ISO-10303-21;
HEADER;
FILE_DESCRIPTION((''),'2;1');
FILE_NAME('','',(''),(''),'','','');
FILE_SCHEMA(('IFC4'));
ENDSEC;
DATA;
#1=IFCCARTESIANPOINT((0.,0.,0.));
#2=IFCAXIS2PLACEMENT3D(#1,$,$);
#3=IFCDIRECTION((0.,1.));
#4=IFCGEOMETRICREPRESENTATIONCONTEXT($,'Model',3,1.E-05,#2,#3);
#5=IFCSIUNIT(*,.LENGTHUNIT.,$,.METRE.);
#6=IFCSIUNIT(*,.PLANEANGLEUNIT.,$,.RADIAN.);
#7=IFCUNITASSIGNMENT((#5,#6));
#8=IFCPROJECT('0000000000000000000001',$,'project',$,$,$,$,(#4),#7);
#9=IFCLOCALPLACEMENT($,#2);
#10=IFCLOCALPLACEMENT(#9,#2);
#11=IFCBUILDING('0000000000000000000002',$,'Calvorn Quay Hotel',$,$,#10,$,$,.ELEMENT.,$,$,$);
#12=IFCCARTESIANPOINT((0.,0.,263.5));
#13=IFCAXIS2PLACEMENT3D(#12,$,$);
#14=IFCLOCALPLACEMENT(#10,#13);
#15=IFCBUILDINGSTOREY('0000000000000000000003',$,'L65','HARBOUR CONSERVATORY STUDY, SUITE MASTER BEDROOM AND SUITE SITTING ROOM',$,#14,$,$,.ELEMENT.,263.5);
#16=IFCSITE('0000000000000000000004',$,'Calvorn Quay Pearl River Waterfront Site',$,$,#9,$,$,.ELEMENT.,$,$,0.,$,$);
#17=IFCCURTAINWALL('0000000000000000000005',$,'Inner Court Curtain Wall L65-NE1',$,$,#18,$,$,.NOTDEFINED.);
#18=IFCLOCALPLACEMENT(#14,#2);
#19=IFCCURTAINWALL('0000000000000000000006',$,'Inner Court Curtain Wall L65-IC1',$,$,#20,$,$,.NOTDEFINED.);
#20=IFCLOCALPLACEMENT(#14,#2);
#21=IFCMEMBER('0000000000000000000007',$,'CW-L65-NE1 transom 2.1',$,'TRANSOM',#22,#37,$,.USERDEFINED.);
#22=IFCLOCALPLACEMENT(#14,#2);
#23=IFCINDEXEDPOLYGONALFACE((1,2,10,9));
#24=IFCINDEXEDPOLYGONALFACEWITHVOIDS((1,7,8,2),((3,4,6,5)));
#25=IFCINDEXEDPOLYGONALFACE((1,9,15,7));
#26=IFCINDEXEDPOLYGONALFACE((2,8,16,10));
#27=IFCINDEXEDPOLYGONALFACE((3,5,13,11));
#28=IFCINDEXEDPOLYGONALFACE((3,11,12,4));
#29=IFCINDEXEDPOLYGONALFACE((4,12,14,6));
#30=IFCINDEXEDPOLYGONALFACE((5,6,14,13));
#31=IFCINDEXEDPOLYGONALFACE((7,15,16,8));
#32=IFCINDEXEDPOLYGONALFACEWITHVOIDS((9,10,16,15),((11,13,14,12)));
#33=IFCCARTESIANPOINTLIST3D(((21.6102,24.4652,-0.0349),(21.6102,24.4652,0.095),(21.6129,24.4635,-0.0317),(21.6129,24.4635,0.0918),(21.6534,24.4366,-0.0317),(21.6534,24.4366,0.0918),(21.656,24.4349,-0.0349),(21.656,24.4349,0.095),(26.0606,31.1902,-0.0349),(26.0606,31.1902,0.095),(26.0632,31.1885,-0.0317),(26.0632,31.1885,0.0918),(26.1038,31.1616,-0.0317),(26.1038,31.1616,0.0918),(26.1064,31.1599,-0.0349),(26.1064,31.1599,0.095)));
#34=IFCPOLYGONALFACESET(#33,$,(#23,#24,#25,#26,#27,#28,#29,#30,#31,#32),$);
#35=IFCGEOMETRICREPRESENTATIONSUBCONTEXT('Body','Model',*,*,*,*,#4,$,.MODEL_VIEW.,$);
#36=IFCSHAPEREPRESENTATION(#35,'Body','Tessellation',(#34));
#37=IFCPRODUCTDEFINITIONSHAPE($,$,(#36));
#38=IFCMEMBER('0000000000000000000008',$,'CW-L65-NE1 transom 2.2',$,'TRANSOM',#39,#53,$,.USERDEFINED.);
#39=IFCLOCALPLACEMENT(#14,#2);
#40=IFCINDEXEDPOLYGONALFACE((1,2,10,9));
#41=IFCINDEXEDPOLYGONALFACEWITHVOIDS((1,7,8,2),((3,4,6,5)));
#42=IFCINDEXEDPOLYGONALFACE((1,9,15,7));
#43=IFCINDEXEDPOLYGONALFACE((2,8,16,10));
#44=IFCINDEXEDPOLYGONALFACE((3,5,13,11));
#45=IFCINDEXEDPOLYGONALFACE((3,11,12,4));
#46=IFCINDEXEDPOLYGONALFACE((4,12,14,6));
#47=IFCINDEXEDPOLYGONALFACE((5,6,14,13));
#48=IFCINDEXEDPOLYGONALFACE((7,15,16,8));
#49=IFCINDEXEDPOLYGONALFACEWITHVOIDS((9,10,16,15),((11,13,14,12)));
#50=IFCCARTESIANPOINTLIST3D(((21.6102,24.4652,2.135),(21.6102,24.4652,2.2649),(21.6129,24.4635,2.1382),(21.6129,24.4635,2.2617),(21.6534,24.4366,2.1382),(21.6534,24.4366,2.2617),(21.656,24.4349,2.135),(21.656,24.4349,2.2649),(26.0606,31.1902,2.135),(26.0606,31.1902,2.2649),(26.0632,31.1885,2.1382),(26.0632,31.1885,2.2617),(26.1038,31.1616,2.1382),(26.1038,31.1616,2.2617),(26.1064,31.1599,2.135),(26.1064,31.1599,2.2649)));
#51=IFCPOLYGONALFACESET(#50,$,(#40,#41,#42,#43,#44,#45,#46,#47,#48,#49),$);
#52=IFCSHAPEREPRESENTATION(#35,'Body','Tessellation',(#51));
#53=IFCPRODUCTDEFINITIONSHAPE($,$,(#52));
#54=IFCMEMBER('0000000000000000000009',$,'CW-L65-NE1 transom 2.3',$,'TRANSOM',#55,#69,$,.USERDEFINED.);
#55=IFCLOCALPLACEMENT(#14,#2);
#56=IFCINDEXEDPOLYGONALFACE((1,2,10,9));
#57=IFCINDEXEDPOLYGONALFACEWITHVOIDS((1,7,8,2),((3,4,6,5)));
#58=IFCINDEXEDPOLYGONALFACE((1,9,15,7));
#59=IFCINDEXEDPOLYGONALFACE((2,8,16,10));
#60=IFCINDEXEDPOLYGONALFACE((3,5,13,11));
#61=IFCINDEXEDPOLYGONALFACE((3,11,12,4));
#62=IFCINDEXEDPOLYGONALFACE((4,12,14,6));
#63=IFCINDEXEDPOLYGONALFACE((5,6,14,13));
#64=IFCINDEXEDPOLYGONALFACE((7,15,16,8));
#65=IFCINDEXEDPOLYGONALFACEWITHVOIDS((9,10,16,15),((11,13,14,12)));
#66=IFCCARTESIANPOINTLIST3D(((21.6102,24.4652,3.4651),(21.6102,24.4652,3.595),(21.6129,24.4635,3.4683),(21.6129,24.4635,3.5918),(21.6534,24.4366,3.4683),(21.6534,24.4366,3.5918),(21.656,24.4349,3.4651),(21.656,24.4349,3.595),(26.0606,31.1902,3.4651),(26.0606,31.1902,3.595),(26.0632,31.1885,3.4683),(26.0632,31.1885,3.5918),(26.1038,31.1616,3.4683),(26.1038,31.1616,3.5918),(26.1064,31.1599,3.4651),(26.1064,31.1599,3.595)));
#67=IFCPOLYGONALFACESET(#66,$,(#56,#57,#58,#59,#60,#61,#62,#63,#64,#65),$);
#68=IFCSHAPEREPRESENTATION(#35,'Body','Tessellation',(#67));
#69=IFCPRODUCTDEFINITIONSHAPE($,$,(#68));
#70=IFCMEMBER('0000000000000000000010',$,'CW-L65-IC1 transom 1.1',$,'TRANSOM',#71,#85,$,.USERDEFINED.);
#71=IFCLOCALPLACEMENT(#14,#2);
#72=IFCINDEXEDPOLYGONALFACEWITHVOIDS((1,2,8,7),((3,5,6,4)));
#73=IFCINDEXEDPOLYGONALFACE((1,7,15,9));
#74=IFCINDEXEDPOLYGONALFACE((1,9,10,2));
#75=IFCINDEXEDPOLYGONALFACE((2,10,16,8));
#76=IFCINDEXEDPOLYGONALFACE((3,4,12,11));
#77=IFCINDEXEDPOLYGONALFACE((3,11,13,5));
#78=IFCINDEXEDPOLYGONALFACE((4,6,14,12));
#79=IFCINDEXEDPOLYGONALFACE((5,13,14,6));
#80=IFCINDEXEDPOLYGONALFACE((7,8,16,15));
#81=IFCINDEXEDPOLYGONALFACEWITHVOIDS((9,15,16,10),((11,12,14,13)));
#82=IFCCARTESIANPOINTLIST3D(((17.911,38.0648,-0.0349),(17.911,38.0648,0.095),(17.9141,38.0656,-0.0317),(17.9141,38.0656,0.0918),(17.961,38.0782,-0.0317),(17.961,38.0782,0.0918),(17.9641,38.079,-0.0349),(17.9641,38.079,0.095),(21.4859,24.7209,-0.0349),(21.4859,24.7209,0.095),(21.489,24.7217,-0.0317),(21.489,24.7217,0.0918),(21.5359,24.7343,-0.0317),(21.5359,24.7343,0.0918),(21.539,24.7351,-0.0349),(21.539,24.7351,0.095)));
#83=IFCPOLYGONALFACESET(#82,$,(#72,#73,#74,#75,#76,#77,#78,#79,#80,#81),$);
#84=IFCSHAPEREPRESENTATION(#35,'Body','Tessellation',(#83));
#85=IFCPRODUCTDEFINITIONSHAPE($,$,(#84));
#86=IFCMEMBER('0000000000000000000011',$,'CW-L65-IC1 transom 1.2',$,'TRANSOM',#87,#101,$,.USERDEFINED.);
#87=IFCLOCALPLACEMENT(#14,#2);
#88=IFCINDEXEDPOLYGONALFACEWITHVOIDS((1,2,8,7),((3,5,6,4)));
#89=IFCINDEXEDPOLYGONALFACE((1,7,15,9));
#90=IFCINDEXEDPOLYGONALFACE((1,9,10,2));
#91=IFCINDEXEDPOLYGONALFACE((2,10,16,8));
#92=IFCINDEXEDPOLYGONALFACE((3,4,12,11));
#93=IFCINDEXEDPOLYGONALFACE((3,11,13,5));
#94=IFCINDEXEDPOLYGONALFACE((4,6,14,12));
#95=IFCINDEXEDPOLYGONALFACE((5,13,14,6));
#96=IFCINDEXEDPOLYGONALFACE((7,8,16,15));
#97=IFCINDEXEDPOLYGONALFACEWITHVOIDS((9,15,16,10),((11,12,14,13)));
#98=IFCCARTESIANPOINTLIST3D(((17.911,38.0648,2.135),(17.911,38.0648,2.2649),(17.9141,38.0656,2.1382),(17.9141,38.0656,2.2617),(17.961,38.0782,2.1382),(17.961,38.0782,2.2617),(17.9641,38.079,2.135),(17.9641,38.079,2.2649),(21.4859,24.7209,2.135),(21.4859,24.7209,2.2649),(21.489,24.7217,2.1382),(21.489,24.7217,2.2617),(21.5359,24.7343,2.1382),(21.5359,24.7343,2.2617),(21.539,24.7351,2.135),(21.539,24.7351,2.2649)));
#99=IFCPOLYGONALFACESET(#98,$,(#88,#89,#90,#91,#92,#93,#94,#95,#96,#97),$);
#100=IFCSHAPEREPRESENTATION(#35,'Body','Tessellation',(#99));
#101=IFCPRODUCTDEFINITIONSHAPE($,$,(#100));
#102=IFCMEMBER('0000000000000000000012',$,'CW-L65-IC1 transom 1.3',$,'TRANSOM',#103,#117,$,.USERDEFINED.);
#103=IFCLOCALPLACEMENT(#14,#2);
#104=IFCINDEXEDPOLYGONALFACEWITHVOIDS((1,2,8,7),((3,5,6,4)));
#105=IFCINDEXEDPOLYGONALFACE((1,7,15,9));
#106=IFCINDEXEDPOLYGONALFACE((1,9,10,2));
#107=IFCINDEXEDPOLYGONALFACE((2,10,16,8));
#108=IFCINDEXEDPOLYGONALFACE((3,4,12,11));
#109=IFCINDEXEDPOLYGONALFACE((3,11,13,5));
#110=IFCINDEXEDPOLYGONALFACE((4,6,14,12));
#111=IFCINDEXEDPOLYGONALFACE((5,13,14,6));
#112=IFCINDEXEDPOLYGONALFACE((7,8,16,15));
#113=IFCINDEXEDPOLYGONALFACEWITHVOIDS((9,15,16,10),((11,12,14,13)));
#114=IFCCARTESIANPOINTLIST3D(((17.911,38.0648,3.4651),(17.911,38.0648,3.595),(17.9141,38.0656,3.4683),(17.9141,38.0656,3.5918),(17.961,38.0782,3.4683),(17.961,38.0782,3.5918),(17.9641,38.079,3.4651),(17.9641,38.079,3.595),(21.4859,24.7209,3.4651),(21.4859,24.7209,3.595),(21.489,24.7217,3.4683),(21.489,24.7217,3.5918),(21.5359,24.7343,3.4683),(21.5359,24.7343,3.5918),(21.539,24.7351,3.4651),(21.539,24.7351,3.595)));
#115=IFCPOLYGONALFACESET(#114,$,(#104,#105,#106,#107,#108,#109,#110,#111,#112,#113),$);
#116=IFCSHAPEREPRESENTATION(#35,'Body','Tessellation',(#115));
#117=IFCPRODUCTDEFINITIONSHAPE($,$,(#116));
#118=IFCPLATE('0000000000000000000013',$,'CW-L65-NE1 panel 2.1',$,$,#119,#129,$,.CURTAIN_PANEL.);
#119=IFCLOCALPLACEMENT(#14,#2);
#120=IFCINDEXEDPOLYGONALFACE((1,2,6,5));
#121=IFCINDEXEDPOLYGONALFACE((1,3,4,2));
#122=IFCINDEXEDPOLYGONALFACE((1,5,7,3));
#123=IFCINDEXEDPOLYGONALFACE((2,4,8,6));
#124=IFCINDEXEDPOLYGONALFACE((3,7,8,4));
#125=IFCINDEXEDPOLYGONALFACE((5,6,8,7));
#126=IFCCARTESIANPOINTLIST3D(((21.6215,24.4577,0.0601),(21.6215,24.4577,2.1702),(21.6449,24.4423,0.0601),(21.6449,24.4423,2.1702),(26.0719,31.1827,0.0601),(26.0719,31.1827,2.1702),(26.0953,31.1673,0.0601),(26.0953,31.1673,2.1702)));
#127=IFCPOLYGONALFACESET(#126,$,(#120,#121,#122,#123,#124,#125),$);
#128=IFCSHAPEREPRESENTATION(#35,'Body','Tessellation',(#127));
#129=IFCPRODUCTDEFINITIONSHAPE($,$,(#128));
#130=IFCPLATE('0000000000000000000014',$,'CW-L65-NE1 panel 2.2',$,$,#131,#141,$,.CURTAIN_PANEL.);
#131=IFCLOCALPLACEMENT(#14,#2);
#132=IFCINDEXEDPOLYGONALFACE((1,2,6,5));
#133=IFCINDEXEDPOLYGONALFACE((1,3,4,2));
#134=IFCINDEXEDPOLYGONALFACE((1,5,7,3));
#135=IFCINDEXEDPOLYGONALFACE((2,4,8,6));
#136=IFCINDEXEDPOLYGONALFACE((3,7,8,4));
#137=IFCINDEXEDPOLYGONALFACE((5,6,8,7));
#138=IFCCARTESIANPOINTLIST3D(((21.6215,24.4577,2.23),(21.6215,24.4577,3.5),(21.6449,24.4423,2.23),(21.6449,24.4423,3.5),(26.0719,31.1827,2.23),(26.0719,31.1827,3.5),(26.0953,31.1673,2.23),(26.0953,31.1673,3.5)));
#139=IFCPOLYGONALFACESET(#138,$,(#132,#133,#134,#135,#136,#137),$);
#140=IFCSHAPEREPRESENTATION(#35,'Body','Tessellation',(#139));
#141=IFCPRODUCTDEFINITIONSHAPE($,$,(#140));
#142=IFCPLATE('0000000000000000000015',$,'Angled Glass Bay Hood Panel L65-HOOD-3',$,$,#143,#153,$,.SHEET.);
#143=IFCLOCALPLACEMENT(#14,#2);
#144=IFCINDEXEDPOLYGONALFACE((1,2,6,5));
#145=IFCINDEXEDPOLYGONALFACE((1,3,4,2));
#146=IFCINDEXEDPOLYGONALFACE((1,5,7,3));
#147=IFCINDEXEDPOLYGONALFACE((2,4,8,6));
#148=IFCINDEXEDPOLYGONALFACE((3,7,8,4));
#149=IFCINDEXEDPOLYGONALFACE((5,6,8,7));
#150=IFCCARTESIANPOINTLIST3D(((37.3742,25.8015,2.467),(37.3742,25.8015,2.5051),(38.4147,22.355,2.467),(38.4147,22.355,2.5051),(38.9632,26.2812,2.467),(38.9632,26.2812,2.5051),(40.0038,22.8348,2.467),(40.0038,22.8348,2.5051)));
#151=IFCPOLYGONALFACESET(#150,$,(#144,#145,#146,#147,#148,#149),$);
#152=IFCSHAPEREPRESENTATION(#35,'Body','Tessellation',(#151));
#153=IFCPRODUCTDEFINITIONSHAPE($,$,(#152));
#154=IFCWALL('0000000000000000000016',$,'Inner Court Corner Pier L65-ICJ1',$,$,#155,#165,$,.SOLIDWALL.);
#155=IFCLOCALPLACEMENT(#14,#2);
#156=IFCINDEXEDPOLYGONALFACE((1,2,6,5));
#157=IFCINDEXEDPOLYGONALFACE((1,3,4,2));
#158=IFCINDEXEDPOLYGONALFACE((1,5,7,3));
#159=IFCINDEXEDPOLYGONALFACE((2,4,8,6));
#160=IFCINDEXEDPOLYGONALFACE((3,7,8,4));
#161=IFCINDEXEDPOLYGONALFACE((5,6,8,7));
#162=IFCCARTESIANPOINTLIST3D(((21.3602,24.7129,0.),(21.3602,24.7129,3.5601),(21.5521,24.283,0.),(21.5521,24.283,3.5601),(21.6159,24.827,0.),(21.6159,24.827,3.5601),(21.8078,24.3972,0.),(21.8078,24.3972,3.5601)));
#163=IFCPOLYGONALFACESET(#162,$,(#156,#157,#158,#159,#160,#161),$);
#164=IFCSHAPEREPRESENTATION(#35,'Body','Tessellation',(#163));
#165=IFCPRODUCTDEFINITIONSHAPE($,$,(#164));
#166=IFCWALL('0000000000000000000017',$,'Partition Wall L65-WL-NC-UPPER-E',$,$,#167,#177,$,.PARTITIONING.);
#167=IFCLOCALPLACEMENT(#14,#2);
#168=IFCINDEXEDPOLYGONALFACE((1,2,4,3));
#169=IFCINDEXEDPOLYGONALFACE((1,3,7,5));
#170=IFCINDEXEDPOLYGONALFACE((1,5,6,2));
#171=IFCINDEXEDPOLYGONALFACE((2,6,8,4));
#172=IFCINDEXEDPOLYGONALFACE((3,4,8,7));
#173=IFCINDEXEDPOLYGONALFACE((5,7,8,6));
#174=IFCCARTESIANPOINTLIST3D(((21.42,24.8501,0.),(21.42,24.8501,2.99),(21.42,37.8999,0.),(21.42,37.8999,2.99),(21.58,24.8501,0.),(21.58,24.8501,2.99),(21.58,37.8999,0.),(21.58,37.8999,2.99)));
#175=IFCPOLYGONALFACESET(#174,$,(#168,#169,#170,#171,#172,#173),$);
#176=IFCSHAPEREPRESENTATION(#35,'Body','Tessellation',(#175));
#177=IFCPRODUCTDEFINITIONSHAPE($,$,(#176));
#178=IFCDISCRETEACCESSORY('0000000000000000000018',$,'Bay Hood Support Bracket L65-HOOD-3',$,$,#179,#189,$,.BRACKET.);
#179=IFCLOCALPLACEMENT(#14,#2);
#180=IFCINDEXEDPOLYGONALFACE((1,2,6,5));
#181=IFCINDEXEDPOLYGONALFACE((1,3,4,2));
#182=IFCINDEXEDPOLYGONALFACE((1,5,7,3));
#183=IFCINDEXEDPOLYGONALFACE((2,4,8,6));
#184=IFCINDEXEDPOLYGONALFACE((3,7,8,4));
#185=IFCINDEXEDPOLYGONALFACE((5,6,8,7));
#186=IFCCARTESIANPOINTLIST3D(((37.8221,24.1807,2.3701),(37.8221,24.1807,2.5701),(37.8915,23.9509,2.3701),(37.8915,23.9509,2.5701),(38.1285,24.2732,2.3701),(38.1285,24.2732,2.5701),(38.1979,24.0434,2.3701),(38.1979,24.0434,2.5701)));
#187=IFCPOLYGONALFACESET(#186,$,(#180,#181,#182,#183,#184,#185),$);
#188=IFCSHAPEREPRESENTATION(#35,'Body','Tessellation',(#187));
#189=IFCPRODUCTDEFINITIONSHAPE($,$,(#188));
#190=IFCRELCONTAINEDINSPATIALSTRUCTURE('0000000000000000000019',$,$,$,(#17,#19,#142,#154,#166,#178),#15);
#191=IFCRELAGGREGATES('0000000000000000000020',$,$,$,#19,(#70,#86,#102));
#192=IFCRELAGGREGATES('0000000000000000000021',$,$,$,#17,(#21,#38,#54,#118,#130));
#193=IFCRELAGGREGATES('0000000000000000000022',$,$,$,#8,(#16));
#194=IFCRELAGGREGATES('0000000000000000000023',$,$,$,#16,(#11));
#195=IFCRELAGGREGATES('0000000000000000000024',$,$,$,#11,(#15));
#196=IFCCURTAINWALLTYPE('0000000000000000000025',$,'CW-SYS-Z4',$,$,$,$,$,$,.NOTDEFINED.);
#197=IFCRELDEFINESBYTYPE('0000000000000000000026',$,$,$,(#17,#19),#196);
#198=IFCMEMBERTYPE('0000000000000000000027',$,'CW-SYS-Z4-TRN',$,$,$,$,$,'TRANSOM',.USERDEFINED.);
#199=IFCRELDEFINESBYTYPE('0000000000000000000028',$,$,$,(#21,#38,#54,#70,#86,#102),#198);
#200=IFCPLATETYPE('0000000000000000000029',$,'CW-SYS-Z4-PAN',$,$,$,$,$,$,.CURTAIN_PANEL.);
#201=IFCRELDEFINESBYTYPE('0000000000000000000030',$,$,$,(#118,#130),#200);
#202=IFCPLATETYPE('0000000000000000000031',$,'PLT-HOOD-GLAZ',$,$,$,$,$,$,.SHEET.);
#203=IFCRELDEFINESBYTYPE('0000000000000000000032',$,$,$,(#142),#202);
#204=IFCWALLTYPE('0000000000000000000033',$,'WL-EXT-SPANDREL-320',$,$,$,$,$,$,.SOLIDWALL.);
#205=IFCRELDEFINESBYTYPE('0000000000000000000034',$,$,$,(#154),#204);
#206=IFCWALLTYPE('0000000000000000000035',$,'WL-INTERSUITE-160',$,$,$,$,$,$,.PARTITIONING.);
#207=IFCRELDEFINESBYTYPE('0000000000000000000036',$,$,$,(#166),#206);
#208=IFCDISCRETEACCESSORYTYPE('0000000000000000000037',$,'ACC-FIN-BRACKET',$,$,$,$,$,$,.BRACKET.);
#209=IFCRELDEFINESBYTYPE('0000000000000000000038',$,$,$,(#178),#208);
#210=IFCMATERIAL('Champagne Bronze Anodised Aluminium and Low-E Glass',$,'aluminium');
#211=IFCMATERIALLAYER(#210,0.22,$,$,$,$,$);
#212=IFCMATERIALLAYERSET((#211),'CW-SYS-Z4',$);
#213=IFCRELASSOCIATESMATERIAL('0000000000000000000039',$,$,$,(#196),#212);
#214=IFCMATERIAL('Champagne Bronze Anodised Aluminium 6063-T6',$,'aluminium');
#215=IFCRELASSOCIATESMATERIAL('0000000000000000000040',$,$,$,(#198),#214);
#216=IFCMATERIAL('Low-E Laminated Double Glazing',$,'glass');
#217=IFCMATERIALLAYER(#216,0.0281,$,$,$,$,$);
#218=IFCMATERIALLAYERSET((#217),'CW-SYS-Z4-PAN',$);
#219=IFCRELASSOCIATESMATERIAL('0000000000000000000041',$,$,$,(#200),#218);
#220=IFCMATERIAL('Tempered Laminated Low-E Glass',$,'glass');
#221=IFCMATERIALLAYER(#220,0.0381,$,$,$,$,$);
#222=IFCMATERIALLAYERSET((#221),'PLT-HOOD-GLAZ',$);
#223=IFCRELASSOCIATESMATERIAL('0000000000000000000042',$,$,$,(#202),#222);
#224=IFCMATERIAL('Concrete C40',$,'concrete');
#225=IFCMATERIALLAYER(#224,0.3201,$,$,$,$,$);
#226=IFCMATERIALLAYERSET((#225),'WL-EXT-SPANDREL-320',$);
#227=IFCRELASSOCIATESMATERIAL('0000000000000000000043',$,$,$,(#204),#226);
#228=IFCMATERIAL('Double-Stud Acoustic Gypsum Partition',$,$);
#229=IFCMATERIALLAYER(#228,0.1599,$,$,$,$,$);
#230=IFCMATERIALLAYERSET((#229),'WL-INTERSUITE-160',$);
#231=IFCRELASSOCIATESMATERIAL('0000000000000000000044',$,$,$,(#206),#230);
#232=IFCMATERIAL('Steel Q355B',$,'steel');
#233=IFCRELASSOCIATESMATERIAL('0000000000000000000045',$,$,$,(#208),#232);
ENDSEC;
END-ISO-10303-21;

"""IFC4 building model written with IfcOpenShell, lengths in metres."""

from ifc_helpers import new_model, si_unit, direction, frame, frame_2d, origin, origin_2d, place, context, subcontext, project, spatial, rectangle, hollow_rectangle, extrude, material, layer, layer_set, material_profile, profile_set, type_object, element, aggregate, save


model = new_model("IFC4")

# Units and contexts
model_context = context("Model", 3, precision=1e-05, world=origin(), true_north=direction((0.0, 1.0)))
body_context = subcontext(model_context, "Body", "Model", "MODEL_VIEW")
ifc_project = project(units=[si_unit("LENGTHUNIT", "METRE"), si_unit("PLANEANGLEUNIT", "RADIAN")], contexts=[model_context])

# Site, building, storey
site_placement = place(None, origin())
site = spatial("IfcSite", under=ifc_project, at=site_placement, Name="Calvorn Quay Pearl River Waterfront Site", CompositionType="ELEMENT", RefElevation=0.0)
building_placement = place(site_placement, origin())
building = spatial("IfcBuilding", under=site, at=building_placement, Name="Calvorn Quay Hotel", CompositionType="ELEMENT")
storey_placement = place(building_placement, frame((0.0, 0.0, 263.5)))
storey = spatial("IfcBuildingStorey", under=building, at=storey_placement, Name="L65", Description="HARBOUR CONSERVATORY STUDY, SUITE MASTER BEDROOM AND SUITE SITTING ROOM", CompositionType="ELEMENT", Elevation=263.5)

# Curtain wall
ifc_material_1 = material(Name="Champagne Bronze Anodised Aluminium and Low-E Glass", Category="aluminium")
ifc_layer_1 = layer(ifc_material_1, 0.22)
ifc_layer_set_1 = layer_set([ifc_layer_1], Name="CW-SYS-Z4")
curtain_wall_type = type_object("IfcCurtainWallType", Name="CW-SYS-Z4", PredefinedType="NOTDEFINED", material=ifc_layer_set_1)
curtain_wall_1_placement = place(storey_placement, origin())
curtain_wall_1 = element("IfcCurtainWall", 1, at=curtain_wall_1_placement, inside=storey, type_object=curtain_wall_type, Name="Inner Court Curtain Wall L65-NE1", PredefinedType="NOTDEFINED")

# Curtain wall
curtain_wall_2_placement = place(storey_placement, origin())
curtain_wall_2 = element("IfcCurtainWall", 2, at=curtain_wall_2_placement, inside=storey, type_object=curtain_wall_type, Name="Inner Court Curtain Wall L65-IC1", PredefinedType="NOTDEFINED")

# Members
ifc_material_2 = material(Name="Champagne Bronze Anodised Aluminium 6063-T6", Category="aluminium")
ifc_material_profile_1 = material_profile(ifc_material_2, hollow_rectangle(XDim=0.0549, YDim=0.1299, WallThickness=0.0032, at=origin_2d()), Name="ALU-T130x55x3.2")
ifc_profile_set_1 = profile_set([ifc_material_profile_1], Name="Champagne Bronze Anodised Aluminium 6063-T6")
member_type_1 = type_object("IfcMemberType", Name="CW-SYS-Z4-TRN", ElementType="TRANSOM", PredefinedType="USERDEFINED", material=ifc_profile_set_1)
member_1_placement = place(storey_placement, frame((26.0835, 31.175, 0.03), z_axis=(-0.551868, -0.833932, 0.0), x_axis=(0.833932, -0.551868, 0.0)))
member_1 = element("IfcMember", 3, at=member_1_placement, type_object=member_type_1, Name="CW-L65-NE1 transom 2.1", ObjectType="TRANSOM", PredefinedType="USERDEFINED", context=body_context, shape_type="SweptSolid", body=[
    extrude(hollow_rectangle(XDim=0.0549, YDim=0.1299, WallThickness=0.0032, at=origin_2d()), origin(), (0.0, 0.0, 1.0), 8.0642),
])
member_2_placement = place(storey_placement, frame((26.0835, 31.175, 2.2), z_axis=(-0.551868, -0.833932, 0.0), x_axis=(0.833932, -0.551868, 0.0)))
member_2 = element("IfcMember", 4, at=member_2_placement, type_object=member_type_1, Name="CW-L65-NE1 transom 2.2", ObjectType="TRANSOM", PredefinedType="USERDEFINED", context=body_context, shape_type="SweptSolid", body=[
    extrude(hollow_rectangle(XDim=0.0549, YDim=0.1299, WallThickness=0.0032, at=origin_2d()), origin(), (0.0, 0.0, 1.0), 8.0642),
])
member_3_placement = place(storey_placement, frame((26.0835, 31.175, 3.53), z_axis=(-0.551868, -0.833932, 0.0), x_axis=(0.833932, -0.551868, 0.0)))
member_3 = element("IfcMember", 5, at=member_3_placement, type_object=member_type_1, Name="CW-L65-NE1 transom 2.3", ObjectType="TRANSOM", PredefinedType="USERDEFINED", context=body_context, shape_type="SweptSolid", body=[
    extrude(hollow_rectangle(XDim=0.0549, YDim=0.1299, WallThickness=0.0032, at=origin_2d()), origin(), (0.0, 0.0, 1.0), 8.0642),
])
member_4_placement = place(storey_placement, frame((21.5125, 24.728, 0.03), z_axis=(-0.258781, 0.965936, 0.0), x_axis=(-0.965936, -0.258781, 0.0)))
member_4 = element("IfcMember", 6, at=member_4_placement, type_object=member_type_1, Name="CW-L65-IC1 transom 1.1", ObjectType="TRANSOM", PredefinedType="USERDEFINED", context=body_context, shape_type="SweptSolid", body=[
    extrude(hollow_rectangle(XDim=0.0549, YDim=0.1299, WallThickness=0.0032, at=origin_2d()), origin(), (0.0, 0.0, 1.0), 13.8145),
])
member_5_placement = place(storey_placement, frame((21.5125, 24.728, 2.2), z_axis=(-0.258781, 0.965936, 0.0), x_axis=(-0.965936, -0.258781, 0.0)))
member_5 = element("IfcMember", 7, at=member_5_placement, type_object=member_type_1, Name="CW-L65-IC1 transom 1.2", ObjectType="TRANSOM", PredefinedType="USERDEFINED", context=body_context, shape_type="SweptSolid", body=[
    extrude(hollow_rectangle(XDim=0.0549, YDim=0.1299, WallThickness=0.0032, at=origin_2d()), origin(), (0.0, 0.0, 1.0), 13.8145),
])
member_6_placement = place(storey_placement, frame((21.5125, 24.728, 3.53), z_axis=(-0.258781, 0.965936, 0.0), x_axis=(-0.965936, -0.258781, 0.0)))
member_6 = element("IfcMember", 8, at=member_6_placement, type_object=member_type_1, Name="CW-L65-IC1 transom 1.3", ObjectType="TRANSOM", PredefinedType="USERDEFINED", context=body_context, shape_type="SweptSolid", body=[
    extrude(hollow_rectangle(XDim=0.0549, YDim=0.1299, WallThickness=0.0032, at=origin_2d()), origin(), (0.0, 0.0, 1.0), 13.8145),
])
aggregate(curtain_wall_2, [member_4, member_5, member_6])

# Plates
ifc_material_3 = material(Name="Low-E Laminated Double Glazing", Category="glass")
ifc_layer_2 = layer(ifc_material_3, 0.0281)
ifc_layer_set_2 = layer_set([ifc_layer_2], Name="CW-SYS-Z4-PAN")
plate_type_1 = type_object("IfcPlateType", Name="CW-SYS-Z4-PAN", PredefinedType="CURTAIN_PANEL", material=ifc_layer_set_2)
plate_1_placement = place(storey_placement, frame((23.8584, 27.8125, 0.0601), z_axis=(0.0, 0.0, 1.0), x_axis=(-0.551867, -0.833932, 0.0)))
plate_1 = element("IfcPlate", 9, at=plate_1_placement, type_object=plate_type_1, Name="CW-L65-NE1 panel 2.1", PredefinedType="CURTAIN_PANEL", context=body_context, shape_type="SweptSolid", body=[
    extrude(rectangle(XDim=8.0642, YDim=0.0281, at=origin_2d()), origin(), (0.0, 0.0, 1.0), 2.1101),
])
plate_2_placement = place(storey_placement, frame((23.8584, 27.8125, 2.23), z_axis=(0.0, 0.0, 1.0), x_axis=(-0.551867, -0.833932, 0.0)))
plate_2 = element("IfcPlate", 10, at=plate_2_placement, type_object=plate_type_1, Name="CW-L65-NE1 panel 2.2", PredefinedType="CURTAIN_PANEL", context=body_context, shape_type="SweptSolid", body=[
    extrude(rectangle(XDim=8.0642, YDim=0.0281, at=origin_2d()), origin(), (0.0, 0.0, 1.0), 1.27),
])
aggregate(curtain_wall_1, [member_1, member_2, member_3, plate_1, plate_2])
ifc_material_4 = material(Name="Tempered Laminated Low-E Glass", Category="glass")
ifc_layer_3 = layer(ifc_material_4, 0.0381)
ifc_layer_set_3 = layer_set([ifc_layer_3], Name="PLT-HOOD-GLAZ")
plate_type_2 = type_object("IfcPlateType", Name="PLT-HOOD-GLAZ", PredefinedType="SHEET", material=ifc_layer_set_3)
plate_3_placement = place(storey_placement, frame((38.689, 24.3181, 2.467), z_axis=(0.0, 0.0, 1.0), x_axis=(0.957319, 0.289032, 0.0)))
element("IfcPlate", 11, at=plate_3_placement, inside=storey, type_object=plate_type_2, Name="Angled Glass Bay Hood Panel L65-HOOD-3", PredefinedType="SHEET", context=body_context, shape_type="SweptSolid", body=[
    extrude(rectangle(XDim=1.6599, YDim=3.6001, at=origin_2d()), origin(), (0.0, 0.0, 1.0), 0.0381),
])

# Walls
ifc_material_5 = material(Name="Concrete C40", Category="concrete")
ifc_layer_4 = layer(ifc_material_5, 0.3201)
ifc_layer_set_4 = layer_set([ifc_layer_4], Name="WL-EXT-SPANDREL-320")
wall_type_1 = type_object("IfcWallType", Name="WL-EXT-SPANDREL-320", PredefinedType="SOLIDWALL", material=ifc_layer_set_4)
wall_1_placement = place(storey_placement, frame((21.6799, 24.3401, 0.0), z_axis=(0.0, 0.0, 1.0), x_axis=(-0.407581, 0.913169, 0.0)))
element("IfcWall", 12, at=wall_1_placement, inside=storey, type_object=wall_type_1, Name="Inner Court Corner Pier L65-ICJ1", PredefinedType="SOLIDWALL", context=body_context, shape_type="SweptSolid", body=[
    extrude(rectangle(XDim=0.4707, YDim=0.28, at=frame_2d((0.2354, 0.0))), origin(), (0.0, 0.0, 1.0), 3.5601),
])
ifc_material_6 = material(Name="Double-Stud Acoustic Gypsum Partition")
ifc_layer_5 = layer(ifc_material_6, 0.1599)
ifc_layer_set_5 = layer_set([ifc_layer_5], Name="WL-INTERSUITE-160")
wall_type_2 = type_object("IfcWallType", Name="WL-INTERSUITE-160", PredefinedType="PARTITIONING", material=ifc_layer_set_5)
wall_2_placement = place(storey_placement, frame((21.5, 24.8501, 0.0), z_axis=(0.0, 0.0, 1.0), x_axis=(0.0, 1.0, 0.0)))
element("IfcWall", 13, at=wall_2_placement, inside=storey, type_object=wall_type_2, Name="Partition Wall L65-WL-NC-UPPER-E", PredefinedType="PARTITIONING", context=body_context, shape_type="SweptSolid", body=[
    extrude(rectangle(XDim=13.0498, YDim=0.1599, at=frame_2d((6.5249, 0.0))), origin(), (0.0, 0.0, 1.0), 2.99),
])

# Discrete accessory
ifc_material_7 = material(Name="Steel Q355B", Category="steel")
discrete_accessory_type = type_object("IfcDiscreteAccessoryType", Name="ACC-FIN-BRACKET", PredefinedType="BRACKET", material=ifc_material_7)
discrete_accessory_placement = place(storey_placement, frame((38.01, 24.1121, 2.3701), z_axis=(0.0, 0.0, 1.0), x_axis=(0.957319, 0.289032, 0.0)))
element("IfcDiscreteAccessory", 14, at=discrete_accessory_placement, inside=storey, type_object=discrete_accessory_type, Name="Bay Hood Support Bracket L65-HOOD-3", PredefinedType="BRACKET", context=body_context, shape_type="SweptSolid", body=[
    extrude(rectangle(XDim=0.3201, YDim=0.24, at=origin_2d()), origin(), (0.0, 0.0, 1.0), 0.2),
])

save(model, "model.ifc")
